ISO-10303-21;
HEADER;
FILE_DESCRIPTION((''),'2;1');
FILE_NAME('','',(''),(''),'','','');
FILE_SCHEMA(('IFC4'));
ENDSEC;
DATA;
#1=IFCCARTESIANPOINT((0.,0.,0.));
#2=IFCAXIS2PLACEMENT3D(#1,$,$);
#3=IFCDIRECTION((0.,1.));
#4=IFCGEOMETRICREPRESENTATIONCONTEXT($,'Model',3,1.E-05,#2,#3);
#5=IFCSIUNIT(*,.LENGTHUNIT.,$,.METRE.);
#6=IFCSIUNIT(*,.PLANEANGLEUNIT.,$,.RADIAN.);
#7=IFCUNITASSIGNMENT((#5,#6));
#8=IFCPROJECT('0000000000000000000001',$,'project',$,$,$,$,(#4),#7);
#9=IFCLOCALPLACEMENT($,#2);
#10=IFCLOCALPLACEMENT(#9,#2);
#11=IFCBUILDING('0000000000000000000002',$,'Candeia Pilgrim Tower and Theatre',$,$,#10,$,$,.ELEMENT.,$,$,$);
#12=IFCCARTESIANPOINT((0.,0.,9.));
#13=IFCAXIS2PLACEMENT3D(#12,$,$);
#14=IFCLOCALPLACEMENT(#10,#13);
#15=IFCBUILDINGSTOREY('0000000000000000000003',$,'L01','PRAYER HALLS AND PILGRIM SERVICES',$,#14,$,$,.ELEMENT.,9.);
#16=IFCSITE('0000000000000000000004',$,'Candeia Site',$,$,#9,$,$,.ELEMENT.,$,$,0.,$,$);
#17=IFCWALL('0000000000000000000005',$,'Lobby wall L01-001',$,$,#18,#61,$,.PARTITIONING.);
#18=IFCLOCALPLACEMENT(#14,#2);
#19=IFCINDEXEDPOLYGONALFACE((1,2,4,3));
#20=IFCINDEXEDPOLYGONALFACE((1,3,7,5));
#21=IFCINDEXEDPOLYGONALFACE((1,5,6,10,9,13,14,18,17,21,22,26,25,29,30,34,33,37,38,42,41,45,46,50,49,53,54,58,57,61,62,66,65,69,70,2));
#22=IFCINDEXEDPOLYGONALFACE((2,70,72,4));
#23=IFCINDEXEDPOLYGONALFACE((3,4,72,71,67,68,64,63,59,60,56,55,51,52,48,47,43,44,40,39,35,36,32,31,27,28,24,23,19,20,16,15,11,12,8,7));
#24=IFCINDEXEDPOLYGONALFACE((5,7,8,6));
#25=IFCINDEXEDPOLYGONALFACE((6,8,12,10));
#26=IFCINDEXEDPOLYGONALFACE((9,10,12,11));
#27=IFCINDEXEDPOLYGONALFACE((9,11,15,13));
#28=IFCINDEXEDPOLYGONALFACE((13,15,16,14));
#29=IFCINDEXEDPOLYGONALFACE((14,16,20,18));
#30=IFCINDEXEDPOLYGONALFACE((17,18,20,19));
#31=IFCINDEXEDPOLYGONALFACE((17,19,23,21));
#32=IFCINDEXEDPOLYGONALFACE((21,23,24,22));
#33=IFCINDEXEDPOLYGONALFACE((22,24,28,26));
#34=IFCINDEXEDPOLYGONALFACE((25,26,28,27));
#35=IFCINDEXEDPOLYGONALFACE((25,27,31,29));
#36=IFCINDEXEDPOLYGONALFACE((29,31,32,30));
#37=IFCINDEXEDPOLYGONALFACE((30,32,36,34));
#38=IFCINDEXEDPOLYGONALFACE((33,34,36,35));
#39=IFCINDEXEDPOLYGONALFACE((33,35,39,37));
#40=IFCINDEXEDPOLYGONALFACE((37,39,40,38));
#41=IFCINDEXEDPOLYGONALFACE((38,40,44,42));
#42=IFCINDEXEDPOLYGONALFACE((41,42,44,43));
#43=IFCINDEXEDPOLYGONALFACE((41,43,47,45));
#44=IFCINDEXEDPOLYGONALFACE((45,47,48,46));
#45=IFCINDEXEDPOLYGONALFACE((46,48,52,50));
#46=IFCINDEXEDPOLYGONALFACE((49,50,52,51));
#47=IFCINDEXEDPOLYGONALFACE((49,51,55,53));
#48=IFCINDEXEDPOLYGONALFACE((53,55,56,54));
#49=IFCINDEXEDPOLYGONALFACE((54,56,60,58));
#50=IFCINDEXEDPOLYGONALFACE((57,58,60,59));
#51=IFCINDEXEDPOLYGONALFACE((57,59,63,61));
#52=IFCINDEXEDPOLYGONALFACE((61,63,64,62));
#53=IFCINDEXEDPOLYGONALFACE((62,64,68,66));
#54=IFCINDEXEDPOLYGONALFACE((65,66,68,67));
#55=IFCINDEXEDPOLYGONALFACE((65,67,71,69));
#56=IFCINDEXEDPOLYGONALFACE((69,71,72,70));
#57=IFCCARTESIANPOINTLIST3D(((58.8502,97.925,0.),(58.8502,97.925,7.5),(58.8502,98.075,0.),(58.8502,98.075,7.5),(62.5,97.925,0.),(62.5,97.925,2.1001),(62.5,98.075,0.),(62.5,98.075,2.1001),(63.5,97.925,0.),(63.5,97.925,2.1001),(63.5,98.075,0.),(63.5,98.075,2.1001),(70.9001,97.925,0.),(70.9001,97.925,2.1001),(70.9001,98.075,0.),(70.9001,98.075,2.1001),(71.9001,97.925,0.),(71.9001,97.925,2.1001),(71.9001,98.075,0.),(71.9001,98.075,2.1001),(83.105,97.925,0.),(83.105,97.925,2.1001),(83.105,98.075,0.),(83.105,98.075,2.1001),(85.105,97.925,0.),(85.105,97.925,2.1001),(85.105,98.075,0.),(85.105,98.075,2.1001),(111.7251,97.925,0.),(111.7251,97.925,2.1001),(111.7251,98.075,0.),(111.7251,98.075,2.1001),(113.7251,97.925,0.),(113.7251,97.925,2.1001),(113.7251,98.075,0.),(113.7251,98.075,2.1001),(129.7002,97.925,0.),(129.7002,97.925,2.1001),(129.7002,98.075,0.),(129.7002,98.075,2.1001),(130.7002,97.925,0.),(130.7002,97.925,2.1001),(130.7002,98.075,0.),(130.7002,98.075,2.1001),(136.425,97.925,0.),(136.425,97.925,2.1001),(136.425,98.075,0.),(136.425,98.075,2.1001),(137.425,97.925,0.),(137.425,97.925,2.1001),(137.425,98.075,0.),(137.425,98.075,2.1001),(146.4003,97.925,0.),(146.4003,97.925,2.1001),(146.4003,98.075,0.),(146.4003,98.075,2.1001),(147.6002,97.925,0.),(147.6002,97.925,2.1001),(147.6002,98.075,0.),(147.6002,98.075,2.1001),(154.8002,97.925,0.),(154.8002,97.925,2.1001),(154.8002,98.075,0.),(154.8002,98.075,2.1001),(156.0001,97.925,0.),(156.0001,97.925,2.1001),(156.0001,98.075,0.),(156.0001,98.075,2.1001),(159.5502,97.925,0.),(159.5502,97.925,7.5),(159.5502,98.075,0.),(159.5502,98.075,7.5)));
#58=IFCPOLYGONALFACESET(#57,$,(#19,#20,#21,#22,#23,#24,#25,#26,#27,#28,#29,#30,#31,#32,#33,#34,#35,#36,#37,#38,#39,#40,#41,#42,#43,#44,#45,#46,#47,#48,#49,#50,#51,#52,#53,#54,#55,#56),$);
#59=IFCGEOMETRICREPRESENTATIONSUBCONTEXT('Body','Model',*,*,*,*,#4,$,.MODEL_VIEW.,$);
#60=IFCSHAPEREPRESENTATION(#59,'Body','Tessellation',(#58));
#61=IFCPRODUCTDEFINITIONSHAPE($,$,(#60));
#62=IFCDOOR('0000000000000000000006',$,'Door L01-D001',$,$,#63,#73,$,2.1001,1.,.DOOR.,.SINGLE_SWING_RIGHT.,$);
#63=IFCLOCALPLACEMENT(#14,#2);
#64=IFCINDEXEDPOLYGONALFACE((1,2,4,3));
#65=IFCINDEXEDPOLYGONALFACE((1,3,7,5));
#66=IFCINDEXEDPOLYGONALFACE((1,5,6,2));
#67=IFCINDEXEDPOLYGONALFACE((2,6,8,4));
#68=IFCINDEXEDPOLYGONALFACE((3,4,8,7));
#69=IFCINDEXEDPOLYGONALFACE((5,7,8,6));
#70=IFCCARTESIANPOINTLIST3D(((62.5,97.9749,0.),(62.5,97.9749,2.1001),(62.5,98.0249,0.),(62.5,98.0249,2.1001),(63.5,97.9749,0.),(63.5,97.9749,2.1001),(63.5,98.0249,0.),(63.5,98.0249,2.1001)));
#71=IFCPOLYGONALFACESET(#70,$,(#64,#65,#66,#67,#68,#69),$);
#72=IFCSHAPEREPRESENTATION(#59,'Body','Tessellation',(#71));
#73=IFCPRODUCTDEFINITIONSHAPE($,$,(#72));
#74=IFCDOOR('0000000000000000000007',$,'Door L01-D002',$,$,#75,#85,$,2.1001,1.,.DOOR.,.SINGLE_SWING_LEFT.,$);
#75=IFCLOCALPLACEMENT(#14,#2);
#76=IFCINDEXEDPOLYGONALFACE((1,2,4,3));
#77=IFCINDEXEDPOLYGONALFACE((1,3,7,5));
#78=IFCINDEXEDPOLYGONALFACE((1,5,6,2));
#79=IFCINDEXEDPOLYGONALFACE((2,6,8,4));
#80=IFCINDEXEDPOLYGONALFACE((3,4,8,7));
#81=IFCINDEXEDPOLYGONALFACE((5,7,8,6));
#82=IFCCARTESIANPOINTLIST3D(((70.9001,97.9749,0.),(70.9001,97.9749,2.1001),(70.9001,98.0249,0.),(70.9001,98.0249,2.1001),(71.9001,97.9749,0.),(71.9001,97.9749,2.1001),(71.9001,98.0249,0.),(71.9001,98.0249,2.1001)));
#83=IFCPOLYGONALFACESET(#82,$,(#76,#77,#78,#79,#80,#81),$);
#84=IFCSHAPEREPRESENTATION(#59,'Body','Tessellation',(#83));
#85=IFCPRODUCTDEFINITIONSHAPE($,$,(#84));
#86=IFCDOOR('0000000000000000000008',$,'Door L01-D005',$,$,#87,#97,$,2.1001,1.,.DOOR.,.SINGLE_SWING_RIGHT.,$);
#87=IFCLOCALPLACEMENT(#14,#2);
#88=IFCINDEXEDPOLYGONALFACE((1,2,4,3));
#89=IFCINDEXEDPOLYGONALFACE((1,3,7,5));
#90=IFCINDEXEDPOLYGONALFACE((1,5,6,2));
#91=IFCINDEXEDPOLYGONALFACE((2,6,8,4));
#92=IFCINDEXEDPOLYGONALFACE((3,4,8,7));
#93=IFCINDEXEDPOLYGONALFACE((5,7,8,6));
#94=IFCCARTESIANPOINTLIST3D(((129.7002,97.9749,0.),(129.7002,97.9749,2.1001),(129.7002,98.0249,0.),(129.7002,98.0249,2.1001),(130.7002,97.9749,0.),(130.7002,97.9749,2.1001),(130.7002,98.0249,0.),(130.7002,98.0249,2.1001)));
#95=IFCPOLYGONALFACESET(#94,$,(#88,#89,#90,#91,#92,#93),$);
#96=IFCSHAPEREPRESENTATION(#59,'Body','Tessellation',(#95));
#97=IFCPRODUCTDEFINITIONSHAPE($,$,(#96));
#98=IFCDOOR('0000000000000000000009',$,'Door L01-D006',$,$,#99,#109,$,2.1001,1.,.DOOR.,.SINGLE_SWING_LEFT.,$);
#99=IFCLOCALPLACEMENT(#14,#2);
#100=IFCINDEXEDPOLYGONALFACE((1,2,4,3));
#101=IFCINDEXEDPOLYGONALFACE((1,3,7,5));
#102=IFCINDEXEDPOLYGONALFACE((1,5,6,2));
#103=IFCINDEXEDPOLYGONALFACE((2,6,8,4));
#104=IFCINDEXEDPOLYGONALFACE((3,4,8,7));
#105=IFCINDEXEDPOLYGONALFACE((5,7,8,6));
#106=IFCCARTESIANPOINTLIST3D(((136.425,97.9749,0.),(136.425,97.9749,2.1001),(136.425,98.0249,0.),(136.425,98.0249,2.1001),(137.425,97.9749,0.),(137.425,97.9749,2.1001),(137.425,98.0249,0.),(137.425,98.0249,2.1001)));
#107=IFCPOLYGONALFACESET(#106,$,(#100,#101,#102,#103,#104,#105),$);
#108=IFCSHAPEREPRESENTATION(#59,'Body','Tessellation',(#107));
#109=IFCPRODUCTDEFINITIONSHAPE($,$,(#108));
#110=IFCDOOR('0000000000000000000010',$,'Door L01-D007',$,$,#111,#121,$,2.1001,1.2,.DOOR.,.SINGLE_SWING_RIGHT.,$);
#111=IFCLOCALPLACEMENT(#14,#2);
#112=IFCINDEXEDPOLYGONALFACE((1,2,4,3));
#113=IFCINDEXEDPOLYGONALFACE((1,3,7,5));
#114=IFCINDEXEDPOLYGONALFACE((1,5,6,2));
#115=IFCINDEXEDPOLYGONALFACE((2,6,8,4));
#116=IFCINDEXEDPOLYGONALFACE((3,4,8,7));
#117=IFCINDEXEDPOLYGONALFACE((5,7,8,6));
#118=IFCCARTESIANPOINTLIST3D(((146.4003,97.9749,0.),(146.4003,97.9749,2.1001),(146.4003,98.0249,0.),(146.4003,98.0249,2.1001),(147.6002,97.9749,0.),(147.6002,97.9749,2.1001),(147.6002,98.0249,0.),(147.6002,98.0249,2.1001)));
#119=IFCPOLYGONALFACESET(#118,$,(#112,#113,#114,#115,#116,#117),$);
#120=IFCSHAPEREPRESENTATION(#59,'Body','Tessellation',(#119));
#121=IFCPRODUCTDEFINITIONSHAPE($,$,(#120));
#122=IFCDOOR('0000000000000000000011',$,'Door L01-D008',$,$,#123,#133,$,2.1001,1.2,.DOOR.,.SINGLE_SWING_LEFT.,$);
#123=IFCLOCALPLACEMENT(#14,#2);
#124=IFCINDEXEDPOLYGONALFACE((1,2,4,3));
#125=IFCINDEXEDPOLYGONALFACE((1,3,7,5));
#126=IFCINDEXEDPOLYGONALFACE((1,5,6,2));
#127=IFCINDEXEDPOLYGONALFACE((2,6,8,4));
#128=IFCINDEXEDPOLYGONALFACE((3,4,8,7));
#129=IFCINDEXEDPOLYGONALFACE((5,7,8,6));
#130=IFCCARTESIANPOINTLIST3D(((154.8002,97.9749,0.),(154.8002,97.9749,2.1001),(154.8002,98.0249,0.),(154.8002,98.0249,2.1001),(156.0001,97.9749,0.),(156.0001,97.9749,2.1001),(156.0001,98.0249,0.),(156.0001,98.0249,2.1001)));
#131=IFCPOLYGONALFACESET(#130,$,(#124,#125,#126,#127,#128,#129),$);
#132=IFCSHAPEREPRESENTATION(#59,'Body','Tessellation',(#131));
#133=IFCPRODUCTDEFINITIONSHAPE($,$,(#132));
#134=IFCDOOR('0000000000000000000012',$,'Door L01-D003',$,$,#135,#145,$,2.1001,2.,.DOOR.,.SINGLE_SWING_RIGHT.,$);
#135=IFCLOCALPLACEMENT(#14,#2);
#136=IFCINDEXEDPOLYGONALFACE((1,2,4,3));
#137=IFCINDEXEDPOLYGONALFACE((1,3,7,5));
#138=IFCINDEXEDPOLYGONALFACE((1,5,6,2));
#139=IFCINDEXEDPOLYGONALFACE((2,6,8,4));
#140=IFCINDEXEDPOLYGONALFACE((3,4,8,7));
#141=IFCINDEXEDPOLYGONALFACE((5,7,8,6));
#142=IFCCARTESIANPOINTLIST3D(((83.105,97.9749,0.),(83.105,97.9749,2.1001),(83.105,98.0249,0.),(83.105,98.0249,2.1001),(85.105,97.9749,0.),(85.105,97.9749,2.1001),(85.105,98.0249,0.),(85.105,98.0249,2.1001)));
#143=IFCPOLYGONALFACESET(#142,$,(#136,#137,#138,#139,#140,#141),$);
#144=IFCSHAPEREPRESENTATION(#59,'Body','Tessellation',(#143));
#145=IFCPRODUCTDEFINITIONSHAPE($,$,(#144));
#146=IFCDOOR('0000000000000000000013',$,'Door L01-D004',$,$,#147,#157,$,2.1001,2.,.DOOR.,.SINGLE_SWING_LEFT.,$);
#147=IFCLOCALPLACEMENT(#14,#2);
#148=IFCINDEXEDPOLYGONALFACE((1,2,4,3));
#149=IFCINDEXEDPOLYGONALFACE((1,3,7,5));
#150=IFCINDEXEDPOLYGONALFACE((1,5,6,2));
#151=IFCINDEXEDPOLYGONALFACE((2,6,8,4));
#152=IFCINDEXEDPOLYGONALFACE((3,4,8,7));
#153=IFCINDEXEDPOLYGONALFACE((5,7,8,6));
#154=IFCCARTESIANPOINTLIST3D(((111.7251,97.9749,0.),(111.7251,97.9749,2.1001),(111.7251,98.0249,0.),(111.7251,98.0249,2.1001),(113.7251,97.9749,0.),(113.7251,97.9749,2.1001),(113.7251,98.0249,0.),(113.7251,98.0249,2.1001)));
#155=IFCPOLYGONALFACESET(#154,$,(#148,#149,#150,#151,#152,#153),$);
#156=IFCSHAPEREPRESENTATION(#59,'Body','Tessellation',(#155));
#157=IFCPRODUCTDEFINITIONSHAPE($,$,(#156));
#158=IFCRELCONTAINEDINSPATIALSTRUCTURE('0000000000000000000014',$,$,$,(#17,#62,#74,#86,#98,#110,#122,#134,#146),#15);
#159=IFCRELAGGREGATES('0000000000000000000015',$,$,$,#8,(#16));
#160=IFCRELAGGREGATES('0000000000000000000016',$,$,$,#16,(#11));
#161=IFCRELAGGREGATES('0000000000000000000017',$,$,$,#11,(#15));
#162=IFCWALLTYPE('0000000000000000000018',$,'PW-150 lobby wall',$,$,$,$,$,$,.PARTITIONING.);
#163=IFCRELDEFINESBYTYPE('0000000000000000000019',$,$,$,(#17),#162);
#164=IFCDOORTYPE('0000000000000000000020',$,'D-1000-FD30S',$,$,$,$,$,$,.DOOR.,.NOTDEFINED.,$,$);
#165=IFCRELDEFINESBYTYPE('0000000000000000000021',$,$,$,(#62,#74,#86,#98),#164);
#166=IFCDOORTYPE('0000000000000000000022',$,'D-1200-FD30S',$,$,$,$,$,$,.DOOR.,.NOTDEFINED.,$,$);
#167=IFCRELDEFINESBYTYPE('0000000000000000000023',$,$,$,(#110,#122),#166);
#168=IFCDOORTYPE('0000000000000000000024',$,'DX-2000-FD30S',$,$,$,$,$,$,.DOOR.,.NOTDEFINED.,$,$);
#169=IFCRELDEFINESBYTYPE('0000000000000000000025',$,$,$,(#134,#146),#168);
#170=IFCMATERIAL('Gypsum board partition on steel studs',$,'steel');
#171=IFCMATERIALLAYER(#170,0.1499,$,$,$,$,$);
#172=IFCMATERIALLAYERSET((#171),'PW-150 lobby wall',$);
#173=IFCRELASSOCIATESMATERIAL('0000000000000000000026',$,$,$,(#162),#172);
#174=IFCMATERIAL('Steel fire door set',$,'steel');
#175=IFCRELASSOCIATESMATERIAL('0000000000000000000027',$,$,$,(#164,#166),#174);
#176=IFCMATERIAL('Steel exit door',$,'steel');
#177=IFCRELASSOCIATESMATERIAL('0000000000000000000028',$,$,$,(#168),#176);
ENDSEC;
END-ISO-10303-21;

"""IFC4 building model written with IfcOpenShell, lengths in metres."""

from ifc_helpers import new_model, si_unit, direction, frame, frame_2d, origin, place, context, subcontext, project, spatial, rectangle, extrude, material, layer, layer_set, type_object, element, fill, save


model = new_model("IFC4")

# Units and contexts
model_context = context("Model", 3, precision=1e-05, world=origin(), true_north=direction((0.0, 1.0)))
body_context = subcontext(model_context, "Body", "Model", "MODEL_VIEW")
ifc_project = project(units=[si_unit("LENGTHUNIT", "METRE"), si_unit("PLANEANGLEUNIT", "RADIAN")], contexts=[model_context])

# Site, building, storey
site_placement = place(None, origin())
site = spatial("IfcSite", under=ifc_project, at=site_placement, Name="Candeia Site", CompositionType="ELEMENT", RefElevation=0.0)
building_placement = place(site_placement, origin())
building = spatial("IfcBuilding", under=site, at=building_placement, Name="Candeia Pilgrim Tower and Theatre", CompositionType="ELEMENT")
storey_placement = place(building_placement, frame((0.0, 0.0, 9.0)))
storey = spatial("IfcBuildingStorey", under=building, at=storey_placement, Name="L01", Description="PRAYER HALLS AND PILGRIM SERVICES", CompositionType="ELEMENT", Elevation=9.0)

# Wall, openings, doors
ifc_material_1 = material(Name="Gypsum board partition on steel studs", Category="steel")
ifc_layer_1 = layer(ifc_material_1, 0.1499)
ifc_layer_set_1 = layer_set([ifc_layer_1], Name="PW-150 lobby wall")
wall_type_1 = type_object("IfcWallType", Name="PW-150 lobby wall", PredefinedType="PARTITIONING", material=ifc_layer_set_1)
wall_placement = place(storey_placement, frame((58.8501, 98.0, 0.0), z_axis=(0.0, 0.0, 1.0), x_axis=(1.0, 0.0, 0.0)))
wall = element("IfcWall", 1, at=wall_placement, inside=storey, type_object=wall_type_1, Name="Lobby wall L01-001", PredefinedType="PARTITIONING", context=body_context, shape_type="SweptSolid", body=[
    extrude(rectangle(XDim=100.7, YDim=0.1499, at=frame_2d((50.3501, 0.0))), origin(), (0.0, 0.0, 1.0), 7.5),
])
opening_1_placement = place(wall_placement, frame((3.6499, 0.0, 0.0)))
opening_1 = element("IfcOpeningElement", 2, at=opening_1_placement, cuts=wall, PredefinedType="OPENING", context=body_context, shape_type="SweptSolid", body=[
    extrude(rectangle(XDim=1.0, YDim=2.1001, at=frame_2d((0.5, 1.05))), frame((0.0, 0.085, 0.0), z_axis=(0.0, -1.0, 0.0), x_axis=(1.0, 0.0, 0.0)), (0.0, 0.0, 1.0), 0.1699),
])
opening_2_placement = place(wall_placement, frame((12.05, 0.0, 0.0)))
opening_2 = element("IfcOpeningElement", 3, at=opening_2_placement, cuts=wall, PredefinedType="OPENING", context=body_context, shape_type="SweptSolid", body=[
    extrude(rectangle(XDim=1.0, YDim=2.1001, at=frame_2d((0.5, 1.05))), frame((0.0, 0.085, 0.0), z_axis=(0.0, -1.0, 0.0), x_axis=(1.0, 0.0, 0.0)), (0.0, 0.0, 1.0), 0.1699),
])
opening_3_placement = place(wall_placement, frame((24.2549, 0.0, 0.0)))
opening_3 = element("IfcOpeningElement", 4, at=opening_3_placement, cuts=wall, PredefinedType="OPENING", context=body_context, shape_type="SweptSolid", body=[
    extrude(rectangle(XDim=2.0, YDim=2.1001, at=frame_2d((1.0, 1.05))), frame((0.0, 0.085, 0.0), z_axis=(0.0, -1.0, 0.0), x_axis=(1.0, 0.0, 0.0)), (0.0, 0.0, 1.0), 0.1699),
])
opening_4_placement = place(wall_placement, frame((52.875, 0.0, 0.0)))
opening_4 = element("IfcOpeningElement", 5, at=opening_4_placement, cuts=wall, PredefinedType="OPENING", context=body_context, shape_type="SweptSolid", body=[
    extrude(rectangle(XDim=2.0, YDim=2.1001, at=frame_2d((1.0, 1.05))), frame((0.0, 0.085, 0.0), z_axis=(0.0, -1.0, 0.0), x_axis=(1.0, 0.0, 0.0)), (0.0, 0.0, 1.0), 0.1699),
])
opening_5_placement = place(wall_placement, frame((70.8501, 0.0, 0.0)))
opening_5 = element("IfcOpeningElement", 6, at=opening_5_placement, cuts=wall, PredefinedType="OPENING", context=body_context, shape_type="SweptSolid", body=[
    extrude(rectangle(XDim=1.0, YDim=2.1001, at=frame_2d((0.5, 1.05))), frame((0.0, 0.085, 0.0), z_axis=(0.0, -1.0, 0.0), x_axis=(1.0, 0.0, 0.0)), (0.0, 0.0, 1.0), 0.1699),
])
opening_6_placement = place(wall_placement, frame((77.575, 0.0, 0.0)))
opening_6 = element("IfcOpeningElement", 7, at=opening_6_placement, cuts=wall, PredefinedType="OPENING", context=body_context, shape_type="SweptSolid", body=[
    extrude(rectangle(XDim=1.0, YDim=2.1001, at=frame_2d((0.5, 1.05))), frame((0.0, 0.085, 0.0), z_axis=(0.0, -1.0, 0.0), x_axis=(1.0, 0.0, 0.0)), (0.0, 0.0, 1.0), 0.1699),
])
opening_7_placement = place(wall_placement, frame((87.55, 0.0, 0.0)))
opening_7 = element("IfcOpeningElement", 8, at=opening_7_placement, cuts=wall, PredefinedType="OPENING", context=body_context, shape_type="SweptSolid", body=[
    extrude(rectangle(XDim=1.2, YDim=2.1001, at=frame_2d((0.6001, 1.05))), frame((0.0, 0.085, 0.0), z_axis=(0.0, -1.0, 0.0), x_axis=(1.0, 0.0, 0.0)), (0.0, 0.0, 1.0), 0.1699),
])
opening_8_placement = place(wall_placement, frame((95.95, 0.0, 0.0)))
opening_8 = element("IfcOpeningElement", 9, at=opening_8_placement, cuts=wall, PredefinedType="OPENING", context=body_context, shape_type="SweptSolid", body=[
    extrude(rectangle(XDim=1.2, YDim=2.1001, at=frame_2d((0.6001, 1.05))), frame((0.0, 0.085, 0.0), z_axis=(0.0, -1.0, 0.0), x_axis=(1.0, 0.0, 0.0)), (0.0, 0.0, 1.0), 0.1699),
])
ifc_material_2 = material(Name="Steel fire door set", Category="steel")
door_type_1 = type_object("IfcDoorType", Name="D-1000-FD30S", OperationType="NOTDEFINED", PredefinedType="DOOR", material=ifc_material_2)
door_1_placement = place(opening_1_placement, origin())
door_1 = element("IfcDoor", 10, at=door_1_placement, inside=storey, type_object=door_type_1, Name="Door L01-D001", OperationType="SINGLE_SWING_RIGHT", OverallHeight=2.1001, OverallWidth=1.0, PredefinedType="DOOR", context=body_context, shape_type="SweptSolid", body=[
    extrude(rectangle(XDim=1.0, YDim=2.1001, at=frame_2d((0.5, 1.05))), frame((0.0, 0.0249, 0.0), z_axis=(0.0, -1.0, 0.0), x_axis=(1.0, 0.0, 0.0)), (0.0, 0.0, 1.0), 0.05),
])
fill(opening_1, door_1)
door_2_placement = place(opening_2_placement, origin())
door_2 = element("IfcDoor", 11, at=door_2_placement, inside=storey, type_object=door_type_1, Name="Door L01-D002", OperationType="SINGLE_SWING_LEFT", OverallHeight=2.1001, OverallWidth=1.0, PredefinedType="DOOR", context=body_context, shape_type="SweptSolid", body=[
    extrude(rectangle(XDim=1.0, YDim=2.1001, at=frame_2d((0.5, 1.05))), frame((0.0, 0.0249, 0.0), z_axis=(0.0, -1.0, 0.0), x_axis=(1.0, 0.0, 0.0)), (0.0, 0.0, 1.0), 0.05),
])
fill(opening_2, door_2)
door_3_placement = place(opening_5_placement, origin())
door_3 = element("IfcDoor", 12, at=door_3_placement, inside=storey, type_object=door_type_1, Name="Door L01-D005", OperationType="SINGLE_SWING_RIGHT", OverallHeight=2.1001, OverallWidth=1.0, PredefinedType="DOOR", context=body_context, shape_type="SweptSolid", body=[
    extrude(rectangle(XDim=1.0, YDim=2.1001, at=frame_2d((0.5, 1.05))), frame((0.0, 0.0249, 0.0), z_axis=(0.0, -1.0, 0.0), x_axis=(1.0, 0.0, 0.0)), (0.0, 0.0, 1.0), 0.05),
])
fill(opening_5, door_3)
door_4_placement = place(opening_6_placement, origin())
door_4 = element("IfcDoor", 13, at=door_4_placement, inside=storey, type_object=door_type_1, Name="Door L01-D006", OperationType="SINGLE_SWING_LEFT", OverallHeight=2.1001, OverallWidth=1.0, PredefinedType="DOOR", context=body_context, shape_type="SweptSolid", body=[
    extrude(rectangle(XDim=1.0, YDim=2.1001, at=frame_2d((0.5, 1.05))), frame((0.0, 0.0249, 0.0), z_axis=(0.0, -1.0, 0.0), x_axis=(1.0, 0.0, 0.0)), (0.0, 0.0, 1.0), 0.05),
])
fill(opening_6, door_4)
door_type_2 = type_object("IfcDoorType", Name="D-1200-FD30S", OperationType="NOTDEFINED", PredefinedType="DOOR", material=ifc_material_2)
door_5_placement = place(opening_7_placement, origin())
door_5 = element("IfcDoor", 14, at=door_5_placement, inside=storey, type_object=door_type_2, Name="Door L01-D007", OperationType="SINGLE_SWING_RIGHT", OverallHeight=2.1001, OverallWidth=1.2, PredefinedType="DOOR", context=body_context, shape_type="SweptSolid", body=[
    extrude(rectangle(XDim=1.2, YDim=2.1001, at=frame_2d((0.6001, 1.05))), frame((0.0, 0.0249, 0.0), z_axis=(0.0, -1.0, 0.0), x_axis=(1.0, 0.0, 0.0)), (0.0, 0.0, 1.0), 0.05),
])
fill(opening_7, door_5)
door_6_placement = place(opening_8_placement, origin())
door_6 = element("IfcDoor", 15, at=door_6_placement, inside=storey, type_object=door_type_2, Name="Door L01-D008", OperationType="SINGLE_SWING_LEFT", OverallHeight=2.1001, OverallWidth=1.2, PredefinedType="DOOR", context=body_context, shape_type="SweptSolid", body=[
    extrude(rectangle(XDim=1.2, YDim=2.1001, at=frame_2d((0.6001, 1.05))), frame((0.0, 0.0249, 0.0), z_axis=(0.0, -1.0, 0.0), x_axis=(1.0, 0.0, 0.0)), (0.0, 0.0, 1.0), 0.05),
])
fill(opening_8, door_6)
ifc_material_3 = material(Name="Steel exit door", Category="steel")
door_type_3 = type_object("IfcDoorType", Name="DX-2000-FD30S", OperationType="NOTDEFINED", PredefinedType="DOOR", material=ifc_material_3)
door_7_placement = place(opening_3_placement, origin())
door_7 = element("IfcDoor", 16, at=door_7_placement, inside=storey, type_object=door_type_3, Name="Door L01-D003", OperationType="SINGLE_SWING_RIGHT", OverallHeight=2.1001, OverallWidth=2.0, PredefinedType="DOOR", context=body_context, shape_type="SweptSolid", body=[
    extrude(rectangle(XDim=2.0, YDim=2.1001, at=frame_2d((1.0, 1.05))), frame((0.0, 0.0249, 0.0), z_axis=(0.0, -1.0, 0.0), x_axis=(1.0, 0.0, 0.0)), (0.0, 0.0, 1.0), 0.05),
])
fill(opening_3, door_7)
door_8_placement = place(opening_4_placement, origin())
door_8 = element("IfcDoor", 17, at=door_8_placement, inside=storey, type_object=door_type_3, Name="Door L01-D004", OperationType="SINGLE_SWING_LEFT", OverallHeight=2.1001, OverallWidth=2.0, PredefinedType="DOOR", context=body_context, shape_type="SweptSolid", body=[
    extrude(rectangle(XDim=2.0, YDim=2.1001, at=frame_2d((1.0, 1.05))), frame((0.0, 0.0249, 0.0), z_axis=(0.0, -1.0, 0.0), x_axis=(1.0, 0.0, 0.0)), (0.0, 0.0, 1.0), 0.05),
])
fill(opening_4, door_8)

save(model, "model.ifc")
